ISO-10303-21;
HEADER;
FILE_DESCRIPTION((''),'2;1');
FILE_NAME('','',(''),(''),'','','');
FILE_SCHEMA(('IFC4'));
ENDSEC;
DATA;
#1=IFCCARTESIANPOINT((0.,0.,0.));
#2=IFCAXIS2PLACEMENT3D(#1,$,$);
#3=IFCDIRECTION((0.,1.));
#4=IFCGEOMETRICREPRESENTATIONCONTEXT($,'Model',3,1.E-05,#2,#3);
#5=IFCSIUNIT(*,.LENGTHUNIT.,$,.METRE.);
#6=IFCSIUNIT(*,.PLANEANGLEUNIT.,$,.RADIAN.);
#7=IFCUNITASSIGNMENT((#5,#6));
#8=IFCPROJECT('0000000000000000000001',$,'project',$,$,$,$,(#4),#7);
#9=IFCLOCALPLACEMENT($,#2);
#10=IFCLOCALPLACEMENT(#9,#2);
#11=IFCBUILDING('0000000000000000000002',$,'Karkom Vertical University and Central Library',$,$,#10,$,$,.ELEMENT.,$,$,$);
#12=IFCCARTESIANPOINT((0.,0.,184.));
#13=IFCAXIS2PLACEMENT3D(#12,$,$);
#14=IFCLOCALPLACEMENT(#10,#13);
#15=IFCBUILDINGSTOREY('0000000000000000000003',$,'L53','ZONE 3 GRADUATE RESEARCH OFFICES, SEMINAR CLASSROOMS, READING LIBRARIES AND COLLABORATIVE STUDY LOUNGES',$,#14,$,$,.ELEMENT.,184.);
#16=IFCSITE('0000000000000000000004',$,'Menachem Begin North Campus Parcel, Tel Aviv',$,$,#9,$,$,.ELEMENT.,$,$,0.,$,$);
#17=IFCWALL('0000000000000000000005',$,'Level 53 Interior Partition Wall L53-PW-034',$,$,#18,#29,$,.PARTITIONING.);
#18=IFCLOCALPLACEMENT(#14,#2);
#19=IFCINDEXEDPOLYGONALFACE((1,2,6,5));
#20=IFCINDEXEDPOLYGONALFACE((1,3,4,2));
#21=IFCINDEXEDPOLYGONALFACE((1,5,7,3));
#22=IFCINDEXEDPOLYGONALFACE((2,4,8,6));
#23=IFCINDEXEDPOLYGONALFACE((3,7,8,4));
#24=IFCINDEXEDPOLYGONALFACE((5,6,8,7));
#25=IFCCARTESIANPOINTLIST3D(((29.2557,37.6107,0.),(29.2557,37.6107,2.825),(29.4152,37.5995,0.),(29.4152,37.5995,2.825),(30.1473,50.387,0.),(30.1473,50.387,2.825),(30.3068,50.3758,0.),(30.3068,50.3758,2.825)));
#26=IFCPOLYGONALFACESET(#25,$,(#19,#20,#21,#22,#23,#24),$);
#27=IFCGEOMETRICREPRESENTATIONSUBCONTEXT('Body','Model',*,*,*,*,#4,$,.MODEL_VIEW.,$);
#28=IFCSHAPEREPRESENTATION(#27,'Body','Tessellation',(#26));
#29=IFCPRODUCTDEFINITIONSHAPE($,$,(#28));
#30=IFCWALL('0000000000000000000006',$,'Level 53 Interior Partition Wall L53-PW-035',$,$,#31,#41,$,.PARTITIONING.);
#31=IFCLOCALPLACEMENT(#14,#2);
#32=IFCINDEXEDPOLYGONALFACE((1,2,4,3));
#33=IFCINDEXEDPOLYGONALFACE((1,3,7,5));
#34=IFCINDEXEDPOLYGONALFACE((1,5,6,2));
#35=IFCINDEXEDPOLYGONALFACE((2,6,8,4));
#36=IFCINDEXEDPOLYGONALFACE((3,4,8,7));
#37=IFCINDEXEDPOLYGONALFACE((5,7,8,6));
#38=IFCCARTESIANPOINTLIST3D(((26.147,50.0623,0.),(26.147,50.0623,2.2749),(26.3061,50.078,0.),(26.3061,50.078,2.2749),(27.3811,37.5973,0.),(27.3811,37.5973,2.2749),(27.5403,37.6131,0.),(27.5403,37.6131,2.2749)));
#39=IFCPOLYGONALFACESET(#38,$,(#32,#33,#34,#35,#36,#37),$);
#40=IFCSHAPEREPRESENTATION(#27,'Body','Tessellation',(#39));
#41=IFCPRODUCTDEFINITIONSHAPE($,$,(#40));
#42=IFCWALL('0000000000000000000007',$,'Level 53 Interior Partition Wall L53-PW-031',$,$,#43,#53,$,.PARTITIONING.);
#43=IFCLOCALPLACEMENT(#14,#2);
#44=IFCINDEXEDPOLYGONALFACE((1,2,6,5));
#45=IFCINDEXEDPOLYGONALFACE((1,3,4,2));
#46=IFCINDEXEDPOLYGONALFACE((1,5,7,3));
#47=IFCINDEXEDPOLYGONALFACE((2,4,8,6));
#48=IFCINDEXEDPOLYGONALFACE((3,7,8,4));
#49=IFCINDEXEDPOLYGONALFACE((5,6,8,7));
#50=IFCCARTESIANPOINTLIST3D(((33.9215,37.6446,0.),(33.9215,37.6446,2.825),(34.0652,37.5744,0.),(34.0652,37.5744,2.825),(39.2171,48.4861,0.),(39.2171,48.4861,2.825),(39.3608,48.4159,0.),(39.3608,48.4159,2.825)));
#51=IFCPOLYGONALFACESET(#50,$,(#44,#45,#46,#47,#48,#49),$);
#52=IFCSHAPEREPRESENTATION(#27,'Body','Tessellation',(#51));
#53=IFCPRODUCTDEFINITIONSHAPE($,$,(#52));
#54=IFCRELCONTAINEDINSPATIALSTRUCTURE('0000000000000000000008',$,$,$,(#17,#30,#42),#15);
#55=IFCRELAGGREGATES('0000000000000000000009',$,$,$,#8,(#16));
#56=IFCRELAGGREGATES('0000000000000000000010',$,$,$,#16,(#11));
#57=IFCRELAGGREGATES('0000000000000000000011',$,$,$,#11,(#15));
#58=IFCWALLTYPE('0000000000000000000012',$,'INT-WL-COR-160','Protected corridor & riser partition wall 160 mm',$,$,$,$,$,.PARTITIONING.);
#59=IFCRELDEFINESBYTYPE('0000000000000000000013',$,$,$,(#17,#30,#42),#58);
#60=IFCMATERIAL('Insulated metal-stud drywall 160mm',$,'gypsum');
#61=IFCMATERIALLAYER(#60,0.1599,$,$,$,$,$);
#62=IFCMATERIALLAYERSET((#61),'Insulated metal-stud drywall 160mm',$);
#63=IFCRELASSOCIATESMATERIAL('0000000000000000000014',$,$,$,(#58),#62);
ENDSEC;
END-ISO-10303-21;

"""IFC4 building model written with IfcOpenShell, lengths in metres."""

from ifc_helpers import new_model, si_unit, direction, frame, frame_2d, origin, place, context, subcontext, project, spatial, rectangle, extrude, material, layer, layer_set, type_object, element, save


model = new_model("IFC4")

# Units and contexts
model_context = context("Model", 3, precision=1e-05, world=origin(), true_north=direction((0.0, 1.0)))
body_context = subcontext(model_context, "Body", "Model", "MODEL_VIEW")
ifc_project = project(units=[si_unit("LENGTHUNIT", "METRE"), si_unit("PLANEANGLEUNIT", "RADIAN")], contexts=[model_context])

# Site, building, storey
site_placement = place(None, origin())
site = spatial("IfcSite", under=ifc_project, at=site_placement, Name="Menachem Begin North Campus Parcel, Tel Aviv", CompositionType="ELEMENT", RefElevation=0.0)
building_placement = place(site_placement, origin())
building = spatial("IfcBuilding", under=site, at=building_placement, Name="Karkom Vertical University and Central Library", CompositionType="ELEMENT")
storey_placement = place(building_placement, frame((0.0, 0.0, 184.0)))
storey = spatial("IfcBuildingStorey", under=building, at=storey_placement, Name="L53", Description="ZONE 3 GRADUATE RESEARCH OFFICES, SEMINAR CLASSROOMS, READING LIBRARIES AND COLLABORATIVE STUDY LOUNGES", CompositionType="ELEMENT", Elevation=184.0)

# Shared definitions
ifc_material_1 = material(Name="Insulated metal-stud drywall 160mm", Category="gypsum")
ifc_layer_1 = layer(ifc_material_1, 0.1599)
ifc_layer_set_1 = layer_set([ifc_layer_1], Name="Insulated metal-stud drywall 160mm")
wall_type_1 = type_object("IfcWallType", Name="INT-WL-COR-160", Description="Protected corridor & riser partition wall 160 mm", PredefinedType="PARTITIONING", material=ifc_layer_set_1)

# Walls
wall_1_placement = place(storey_placement, frame((29.3354, 37.605, 0.0), z_axis=(0.0, 0.0, 1.0), x_axis=(0.069616, 0.997574, 0.0)))
element("IfcWall", 1, at=wall_1_placement, inside=storey, type_object=wall_type_1, Name="Level 53 Interior Partition Wall L53-PW-034", PredefinedType="PARTITIONING", context=body_context, shape_type="SweptSolid", body=[
    extrude(rectangle(XDim=12.8074, YDim=0.1599, at=frame_2d((6.4038, 0.0))), origin(), (0.0, 0.0, 1.0), 2.825),
])
wall_2_placement = place(storey_placement, frame((27.4607, 37.6052, 0.0), z_axis=(0.0, 0.0, 1.0), x_axis=(-0.098527, 0.995134, 0.0)))
element("IfcWall", 2, at=wall_2_placement, inside=storey, type_object=wall_type_1, Name="Level 53 Interior Partition Wall L53-PW-035", PredefinedType="PARTITIONING", context=body_context, shape_type="SweptSolid", body=[
    extrude(rectangle(XDim=12.5259, YDim=0.1599, at=frame_2d((6.2629, 0.0))), origin(), (0.0, 0.0, 1.0), 2.2749),
])
wall_3_placement = place(storey_placement, frame((33.9934, 37.6096, 0.0), z_axis=(0.0, 0.0, 1.0), x_axis=(0.438898, 0.898537, 0.0)))
element("IfcWall", 3, at=wall_3_placement, inside=storey, type_object=wall_type_1, Name="Level 53 Interior Partition Wall L53-PW-031", PredefinedType="PARTITIONING", context=body_context, shape_type="SweptSolid", body=[
    extrude(rectangle(XDim=12.0657, YDim=0.1599, at=frame_2d((6.0327, 0.0))), origin(), (0.0, 0.0, 1.0), 2.825),
])

save(model, "model.ifc")
